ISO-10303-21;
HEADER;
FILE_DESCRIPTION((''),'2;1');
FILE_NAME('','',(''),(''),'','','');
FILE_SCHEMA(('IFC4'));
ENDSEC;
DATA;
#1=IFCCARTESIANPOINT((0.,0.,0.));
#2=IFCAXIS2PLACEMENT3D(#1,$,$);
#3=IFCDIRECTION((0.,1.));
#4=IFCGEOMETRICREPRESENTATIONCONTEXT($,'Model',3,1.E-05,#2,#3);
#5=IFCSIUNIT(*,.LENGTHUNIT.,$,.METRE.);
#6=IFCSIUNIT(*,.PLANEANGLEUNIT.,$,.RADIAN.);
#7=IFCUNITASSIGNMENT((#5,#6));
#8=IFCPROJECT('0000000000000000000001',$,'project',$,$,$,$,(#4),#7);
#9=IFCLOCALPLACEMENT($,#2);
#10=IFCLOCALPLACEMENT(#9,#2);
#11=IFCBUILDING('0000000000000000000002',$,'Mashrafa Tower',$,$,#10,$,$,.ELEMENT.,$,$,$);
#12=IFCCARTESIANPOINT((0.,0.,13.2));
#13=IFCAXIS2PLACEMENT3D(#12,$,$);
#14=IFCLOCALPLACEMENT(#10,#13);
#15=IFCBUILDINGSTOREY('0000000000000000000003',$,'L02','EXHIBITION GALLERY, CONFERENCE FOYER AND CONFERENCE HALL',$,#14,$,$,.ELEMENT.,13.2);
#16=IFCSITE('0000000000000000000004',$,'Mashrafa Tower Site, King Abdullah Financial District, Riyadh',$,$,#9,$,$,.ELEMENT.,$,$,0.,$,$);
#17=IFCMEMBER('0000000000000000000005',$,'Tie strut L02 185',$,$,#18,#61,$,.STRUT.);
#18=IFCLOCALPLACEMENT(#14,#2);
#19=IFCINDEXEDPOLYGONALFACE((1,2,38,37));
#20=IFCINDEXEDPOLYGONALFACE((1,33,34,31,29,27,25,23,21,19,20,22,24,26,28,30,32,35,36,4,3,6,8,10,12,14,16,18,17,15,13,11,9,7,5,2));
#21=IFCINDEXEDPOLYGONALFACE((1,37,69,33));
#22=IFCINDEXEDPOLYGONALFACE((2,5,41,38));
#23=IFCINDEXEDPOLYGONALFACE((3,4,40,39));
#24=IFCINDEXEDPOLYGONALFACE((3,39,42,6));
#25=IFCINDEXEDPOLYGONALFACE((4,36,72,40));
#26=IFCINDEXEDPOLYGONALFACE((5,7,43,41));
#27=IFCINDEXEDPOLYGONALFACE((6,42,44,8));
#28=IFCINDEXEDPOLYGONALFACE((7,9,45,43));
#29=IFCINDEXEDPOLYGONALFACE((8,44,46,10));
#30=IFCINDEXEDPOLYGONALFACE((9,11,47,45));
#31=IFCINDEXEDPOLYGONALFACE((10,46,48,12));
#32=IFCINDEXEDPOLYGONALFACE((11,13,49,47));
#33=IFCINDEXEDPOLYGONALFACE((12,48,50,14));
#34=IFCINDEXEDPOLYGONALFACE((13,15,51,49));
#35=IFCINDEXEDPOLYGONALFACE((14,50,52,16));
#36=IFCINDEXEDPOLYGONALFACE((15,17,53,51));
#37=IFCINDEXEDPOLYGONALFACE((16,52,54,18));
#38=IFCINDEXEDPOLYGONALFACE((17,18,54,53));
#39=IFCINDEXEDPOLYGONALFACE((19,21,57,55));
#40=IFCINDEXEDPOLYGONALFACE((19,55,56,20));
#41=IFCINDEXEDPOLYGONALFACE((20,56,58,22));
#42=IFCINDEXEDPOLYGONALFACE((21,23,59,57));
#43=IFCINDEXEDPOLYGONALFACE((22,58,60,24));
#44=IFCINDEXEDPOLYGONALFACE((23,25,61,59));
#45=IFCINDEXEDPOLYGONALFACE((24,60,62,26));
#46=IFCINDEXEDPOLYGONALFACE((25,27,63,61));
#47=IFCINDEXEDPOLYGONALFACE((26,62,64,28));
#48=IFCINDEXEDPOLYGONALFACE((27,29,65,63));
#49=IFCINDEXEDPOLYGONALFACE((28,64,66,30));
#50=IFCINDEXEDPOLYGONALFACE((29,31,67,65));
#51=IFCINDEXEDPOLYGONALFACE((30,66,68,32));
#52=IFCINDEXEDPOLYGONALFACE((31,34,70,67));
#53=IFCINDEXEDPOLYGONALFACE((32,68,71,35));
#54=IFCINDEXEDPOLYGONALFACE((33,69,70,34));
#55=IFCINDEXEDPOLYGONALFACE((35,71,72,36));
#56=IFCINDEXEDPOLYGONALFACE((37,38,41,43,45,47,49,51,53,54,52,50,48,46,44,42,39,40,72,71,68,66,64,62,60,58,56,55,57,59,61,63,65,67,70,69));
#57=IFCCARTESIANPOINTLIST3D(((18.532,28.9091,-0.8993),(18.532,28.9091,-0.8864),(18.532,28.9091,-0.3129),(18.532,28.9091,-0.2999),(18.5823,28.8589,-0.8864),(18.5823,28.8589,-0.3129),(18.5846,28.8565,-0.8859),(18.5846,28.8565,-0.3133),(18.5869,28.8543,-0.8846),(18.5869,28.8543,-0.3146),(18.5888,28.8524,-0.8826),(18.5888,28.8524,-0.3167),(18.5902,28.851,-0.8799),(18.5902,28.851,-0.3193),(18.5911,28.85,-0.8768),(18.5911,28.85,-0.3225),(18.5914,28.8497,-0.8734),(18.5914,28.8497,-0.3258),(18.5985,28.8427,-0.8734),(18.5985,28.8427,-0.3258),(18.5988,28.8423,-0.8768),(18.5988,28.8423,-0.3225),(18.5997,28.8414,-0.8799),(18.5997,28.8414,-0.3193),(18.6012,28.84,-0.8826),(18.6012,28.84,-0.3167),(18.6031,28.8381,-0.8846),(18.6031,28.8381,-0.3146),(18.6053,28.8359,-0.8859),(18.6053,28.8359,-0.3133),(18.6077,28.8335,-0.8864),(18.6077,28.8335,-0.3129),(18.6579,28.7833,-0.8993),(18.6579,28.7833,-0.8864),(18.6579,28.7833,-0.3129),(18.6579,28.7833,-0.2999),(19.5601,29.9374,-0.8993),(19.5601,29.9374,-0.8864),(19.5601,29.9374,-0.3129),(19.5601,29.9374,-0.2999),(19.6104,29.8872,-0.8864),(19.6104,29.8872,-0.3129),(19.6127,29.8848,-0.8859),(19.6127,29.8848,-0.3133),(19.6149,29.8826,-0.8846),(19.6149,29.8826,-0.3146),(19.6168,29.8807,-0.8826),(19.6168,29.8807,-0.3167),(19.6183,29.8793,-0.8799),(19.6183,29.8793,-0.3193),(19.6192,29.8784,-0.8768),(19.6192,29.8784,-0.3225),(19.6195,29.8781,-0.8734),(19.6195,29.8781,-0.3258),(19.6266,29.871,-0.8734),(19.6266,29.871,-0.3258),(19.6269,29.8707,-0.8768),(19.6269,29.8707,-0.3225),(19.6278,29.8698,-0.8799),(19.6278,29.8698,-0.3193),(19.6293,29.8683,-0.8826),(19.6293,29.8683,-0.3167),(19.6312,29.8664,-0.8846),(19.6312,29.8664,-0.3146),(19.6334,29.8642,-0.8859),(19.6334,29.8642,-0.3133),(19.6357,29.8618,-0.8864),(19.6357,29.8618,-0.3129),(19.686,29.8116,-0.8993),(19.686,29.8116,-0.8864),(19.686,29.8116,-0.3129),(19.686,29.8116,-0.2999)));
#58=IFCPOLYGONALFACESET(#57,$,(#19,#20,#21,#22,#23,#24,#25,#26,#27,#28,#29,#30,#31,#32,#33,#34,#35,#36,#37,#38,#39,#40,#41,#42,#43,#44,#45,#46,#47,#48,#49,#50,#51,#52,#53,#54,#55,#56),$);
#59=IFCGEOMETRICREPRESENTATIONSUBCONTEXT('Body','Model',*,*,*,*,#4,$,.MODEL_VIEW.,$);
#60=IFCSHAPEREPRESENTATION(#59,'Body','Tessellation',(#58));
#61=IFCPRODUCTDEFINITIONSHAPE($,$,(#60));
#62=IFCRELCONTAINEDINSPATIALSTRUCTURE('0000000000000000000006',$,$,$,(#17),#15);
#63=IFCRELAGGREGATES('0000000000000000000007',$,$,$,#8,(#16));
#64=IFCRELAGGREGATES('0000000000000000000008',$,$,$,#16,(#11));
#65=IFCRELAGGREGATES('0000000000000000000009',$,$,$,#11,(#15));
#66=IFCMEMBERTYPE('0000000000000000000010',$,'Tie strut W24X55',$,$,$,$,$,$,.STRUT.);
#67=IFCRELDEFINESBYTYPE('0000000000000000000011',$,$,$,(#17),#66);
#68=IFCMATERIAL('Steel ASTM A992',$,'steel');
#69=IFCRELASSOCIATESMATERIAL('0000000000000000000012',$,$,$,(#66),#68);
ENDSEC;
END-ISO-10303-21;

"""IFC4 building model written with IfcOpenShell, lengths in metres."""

from ifc_helpers import new_model, si_unit, direction, frame, origin, origin_2d, place, context, subcontext, project, spatial, i_section, extrude, source, transform, mapped, material, material_profile, profile_set, type_object, type_shapes, element, save


model = new_model("IFC4")

# Units and contexts
model_context = context("Model", 3, precision=1e-05, world=origin(), true_north=direction((0.0, 1.0)))
body_context = subcontext(model_context, "Body", "Model", "MODEL_VIEW")
ifc_project = project(units=[si_unit("LENGTHUNIT", "METRE"), si_unit("PLANEANGLEUNIT", "RADIAN")], contexts=[model_context])

# Site, building, storey
site_placement = place(None, origin())
site = spatial("IfcSite", under=ifc_project, at=site_placement, Name="Mashrafa Tower Site, King Abdullah Financial District, Riyadh", CompositionType="ELEMENT", RefElevation=0.0)
building_placement = place(site_placement, origin())
building = spatial("IfcBuilding", under=site, at=building_placement, Name="Mashrafa Tower", CompositionType="ELEMENT")
storey_placement = place(building_placement, frame((0.0, 0.0, 13.2)))
storey = spatial("IfcBuildingStorey", under=building, at=storey_placement, Name="L02", Description="EXHIBITION GALLERY, CONFERENCE FOYER AND CONFERENCE HALL", CompositionType="ELEMENT", Elevation=13.2)

# Member
ifc_material_1 = material(Name="Steel ASTM A992", Category="steel")
ifc_material_profile_1 = material_profile(ifc_material_1, i_section(OverallWidth=0.178, OverallDepth=0.5994, WebThickness=0.01, FlangeThickness=0.0129, FilletRadius=0.0129, at=origin_2d()), Name="W24X55")
ifc_profile_set_1 = profile_set([ifc_material_profile_1], Name="Steel ASTM A992")
member_type = type_object("IfcMemberType", Name="Tie strut W24X55", PredefinedType="STRUT", material=ifc_profile_set_1)
shared_shape = source(origin(), body_context, "Body", "SweptSolid", [
    extrude(i_section(OverallWidth=0.178, OverallDepth=0.5994, WebThickness=0.01, FlangeThickness=0.0129, FilletRadius=0.0129, at=origin_2d()), origin(), (0.0, 0.0, 1.0), 1.4541),
])
type_shapes(member_type, [shared_shape])
member_placement = place(storey_placement, frame((18.595, 28.8462, -0.5996), z_axis=(0.707023, 0.707191, 0.0), x_axis=(-0.707191, 0.707023, 0.0)))
element("IfcMember", 1, at=member_placement, inside=storey, type_object=member_type, Name="Tie strut L02 185", PredefinedType="STRUT", context=body_context, shape_type="MappedRepresentation", body=[
    mapped(shared_shape, transform((0.0, 0.0, 0.0))),
])

save(model, "model.ifc")
